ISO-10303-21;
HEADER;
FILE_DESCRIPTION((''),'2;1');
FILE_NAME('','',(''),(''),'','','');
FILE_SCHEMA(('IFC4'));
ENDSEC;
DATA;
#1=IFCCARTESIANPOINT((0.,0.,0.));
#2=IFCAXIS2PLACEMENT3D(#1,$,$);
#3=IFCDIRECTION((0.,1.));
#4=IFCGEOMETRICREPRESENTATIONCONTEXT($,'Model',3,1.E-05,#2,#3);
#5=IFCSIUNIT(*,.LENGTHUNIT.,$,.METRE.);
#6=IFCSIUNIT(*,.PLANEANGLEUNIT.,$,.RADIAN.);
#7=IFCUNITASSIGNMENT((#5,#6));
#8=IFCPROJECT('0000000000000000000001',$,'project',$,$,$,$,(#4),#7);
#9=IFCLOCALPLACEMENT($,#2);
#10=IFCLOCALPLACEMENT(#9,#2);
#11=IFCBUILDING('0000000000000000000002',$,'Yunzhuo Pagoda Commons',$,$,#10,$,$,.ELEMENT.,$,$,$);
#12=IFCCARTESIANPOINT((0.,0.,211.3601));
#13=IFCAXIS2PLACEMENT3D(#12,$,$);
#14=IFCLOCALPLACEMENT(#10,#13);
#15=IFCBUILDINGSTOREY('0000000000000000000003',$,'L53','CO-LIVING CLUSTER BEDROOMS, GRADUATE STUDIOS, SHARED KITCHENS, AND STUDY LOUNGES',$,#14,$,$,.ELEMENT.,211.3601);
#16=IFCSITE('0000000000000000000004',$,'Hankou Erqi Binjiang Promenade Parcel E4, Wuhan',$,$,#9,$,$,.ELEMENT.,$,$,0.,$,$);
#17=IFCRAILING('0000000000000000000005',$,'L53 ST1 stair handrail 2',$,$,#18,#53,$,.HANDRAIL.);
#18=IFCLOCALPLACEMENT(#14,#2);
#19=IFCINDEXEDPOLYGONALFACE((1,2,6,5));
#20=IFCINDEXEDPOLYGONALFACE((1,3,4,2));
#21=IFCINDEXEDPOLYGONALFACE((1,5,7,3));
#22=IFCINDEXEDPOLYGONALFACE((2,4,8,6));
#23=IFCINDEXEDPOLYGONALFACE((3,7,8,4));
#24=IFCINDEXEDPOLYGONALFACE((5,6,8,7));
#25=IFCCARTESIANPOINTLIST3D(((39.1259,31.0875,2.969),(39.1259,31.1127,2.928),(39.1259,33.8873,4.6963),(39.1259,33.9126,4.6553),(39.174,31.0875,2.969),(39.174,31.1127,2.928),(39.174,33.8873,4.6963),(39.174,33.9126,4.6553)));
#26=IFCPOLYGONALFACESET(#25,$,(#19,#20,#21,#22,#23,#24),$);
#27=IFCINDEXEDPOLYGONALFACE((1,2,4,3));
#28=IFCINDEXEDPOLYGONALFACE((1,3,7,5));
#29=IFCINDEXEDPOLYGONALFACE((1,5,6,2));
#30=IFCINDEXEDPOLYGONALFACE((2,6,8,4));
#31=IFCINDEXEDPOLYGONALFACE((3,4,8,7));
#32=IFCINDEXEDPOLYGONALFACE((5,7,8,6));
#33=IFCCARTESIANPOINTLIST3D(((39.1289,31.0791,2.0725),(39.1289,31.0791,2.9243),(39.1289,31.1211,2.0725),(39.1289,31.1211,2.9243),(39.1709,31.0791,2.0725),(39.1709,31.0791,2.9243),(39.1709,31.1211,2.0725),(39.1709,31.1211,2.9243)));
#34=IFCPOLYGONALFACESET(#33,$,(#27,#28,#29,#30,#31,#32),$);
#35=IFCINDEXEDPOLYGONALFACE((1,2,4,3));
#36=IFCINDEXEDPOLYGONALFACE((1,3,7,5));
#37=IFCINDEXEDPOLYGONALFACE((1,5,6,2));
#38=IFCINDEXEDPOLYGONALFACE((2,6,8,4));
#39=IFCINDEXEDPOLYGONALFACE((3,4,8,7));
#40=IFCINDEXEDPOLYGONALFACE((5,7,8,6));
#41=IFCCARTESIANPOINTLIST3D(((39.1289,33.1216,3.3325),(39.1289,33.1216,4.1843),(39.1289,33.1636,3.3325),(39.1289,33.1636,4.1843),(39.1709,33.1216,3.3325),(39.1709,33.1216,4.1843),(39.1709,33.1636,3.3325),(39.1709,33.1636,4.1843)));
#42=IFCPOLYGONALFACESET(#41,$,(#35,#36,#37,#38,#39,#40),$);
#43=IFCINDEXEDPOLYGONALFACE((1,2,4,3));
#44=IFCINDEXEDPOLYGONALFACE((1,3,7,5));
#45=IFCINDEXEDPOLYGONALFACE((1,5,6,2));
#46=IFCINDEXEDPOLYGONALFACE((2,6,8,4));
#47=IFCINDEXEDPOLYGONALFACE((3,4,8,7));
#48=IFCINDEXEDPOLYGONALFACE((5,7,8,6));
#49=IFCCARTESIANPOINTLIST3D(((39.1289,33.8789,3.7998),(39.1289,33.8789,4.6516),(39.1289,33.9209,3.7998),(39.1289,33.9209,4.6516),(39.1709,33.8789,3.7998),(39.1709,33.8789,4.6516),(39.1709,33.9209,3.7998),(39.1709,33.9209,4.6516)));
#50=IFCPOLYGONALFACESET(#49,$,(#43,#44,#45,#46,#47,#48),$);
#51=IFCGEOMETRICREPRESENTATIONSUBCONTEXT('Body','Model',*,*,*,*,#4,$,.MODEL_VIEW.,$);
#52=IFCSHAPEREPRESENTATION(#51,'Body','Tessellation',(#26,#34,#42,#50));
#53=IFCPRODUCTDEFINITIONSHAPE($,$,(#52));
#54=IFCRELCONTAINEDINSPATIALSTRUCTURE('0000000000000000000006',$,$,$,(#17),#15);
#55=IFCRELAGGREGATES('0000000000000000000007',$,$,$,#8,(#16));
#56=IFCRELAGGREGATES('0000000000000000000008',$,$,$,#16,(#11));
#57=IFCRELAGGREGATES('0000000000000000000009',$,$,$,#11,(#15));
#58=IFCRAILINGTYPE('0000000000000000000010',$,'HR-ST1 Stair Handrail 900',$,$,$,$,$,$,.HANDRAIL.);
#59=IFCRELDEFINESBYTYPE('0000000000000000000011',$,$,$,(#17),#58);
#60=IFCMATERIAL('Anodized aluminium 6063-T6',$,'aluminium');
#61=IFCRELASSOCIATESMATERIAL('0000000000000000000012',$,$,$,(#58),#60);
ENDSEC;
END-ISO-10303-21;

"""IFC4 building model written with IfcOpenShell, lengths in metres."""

from ifc_helpers import new_model, si_unit, direction, frame, origin, origin_2d, place, context, subcontext, project, spatial, rectangle, extrude, material, type_object, element, save


model = new_model("IFC4")

# Units and contexts
model_context = context("Model", 3, precision=1e-05, world=origin(), true_north=direction((0.0, 1.0)))
body_context = subcontext(model_context, "Body", "Model", "MODEL_VIEW")
ifc_project = project(units=[si_unit("LENGTHUNIT", "METRE"), si_unit("PLANEANGLEUNIT", "RADIAN")], contexts=[model_context])

# Site, building, storey
site_placement = place(None, origin())
site = spatial("IfcSite", under=ifc_project, at=site_placement, Name="Hankou Erqi Binjiang Promenade Parcel E4, Wuhan", CompositionType="ELEMENT", RefElevation=0.0)
building_placement = place(site_placement, origin())
building = spatial("IfcBuilding", under=site, at=building_placement, Name="Yunzhuo Pagoda Commons", CompositionType="ELEMENT")
storey_placement = place(building_placement, frame((0.0, 0.0, 211.3601)))
storey = spatial("IfcBuildingStorey", under=building, at=storey_placement, Name="L53", Description="CO-LIVING CLUSTER BEDROOMS, GRADUATE STUDIOS, SHARED KITCHENS, AND STUDY LOUNGES", CompositionType="ELEMENT", Elevation=211.3601)

# Railing
ifc_material_1 = material(Name="Anodized aluminium 6063-T6", Category="aluminium")
railing_type_1 = type_object("IfcRailingType", Name="HR-ST1 Stair Handrail 900", PredefinedType="HANDRAIL", material=ifc_material_1)
railing_1_placement = place(storey_placement, frame((39.1499, 31.1001, 2.0725)))
element("IfcRailing", 1, at=railing_1_placement, inside=storey, type_object=railing_type_1, Name="L53 ST1 stair handrail 2", PredefinedType="HANDRAIL", context=body_context, shape_type="SweptSolid", body=[
    extrude(rectangle(XDim=0.0481, YDim=0.0481, at=origin_2d()), frame((0.0, 0.0, 0.876), z_axis=(0.0, 0.851069, 0.525054), x_axis=(-1.0, 0.0, 0.0)), (0.0, 0.0, 1.0), 3.2898),
    extrude(rectangle(XDim=0.042, YDim=0.042, at=origin_2d()), origin(), (0.0, 0.0, 1.0), 0.8518),
    extrude(rectangle(XDim=0.042, YDim=0.042, at=origin_2d()), frame((0.0, 2.0425, 1.26)), (0.0, 0.0, 1.0), 0.8518),
    extrude(rectangle(XDim=0.042, YDim=0.042, at=origin_2d()), frame((0.0, 2.7998, 1.7273)), (0.0, 0.0, 1.0), 0.8518),
])

save(model, "model.ifc")
